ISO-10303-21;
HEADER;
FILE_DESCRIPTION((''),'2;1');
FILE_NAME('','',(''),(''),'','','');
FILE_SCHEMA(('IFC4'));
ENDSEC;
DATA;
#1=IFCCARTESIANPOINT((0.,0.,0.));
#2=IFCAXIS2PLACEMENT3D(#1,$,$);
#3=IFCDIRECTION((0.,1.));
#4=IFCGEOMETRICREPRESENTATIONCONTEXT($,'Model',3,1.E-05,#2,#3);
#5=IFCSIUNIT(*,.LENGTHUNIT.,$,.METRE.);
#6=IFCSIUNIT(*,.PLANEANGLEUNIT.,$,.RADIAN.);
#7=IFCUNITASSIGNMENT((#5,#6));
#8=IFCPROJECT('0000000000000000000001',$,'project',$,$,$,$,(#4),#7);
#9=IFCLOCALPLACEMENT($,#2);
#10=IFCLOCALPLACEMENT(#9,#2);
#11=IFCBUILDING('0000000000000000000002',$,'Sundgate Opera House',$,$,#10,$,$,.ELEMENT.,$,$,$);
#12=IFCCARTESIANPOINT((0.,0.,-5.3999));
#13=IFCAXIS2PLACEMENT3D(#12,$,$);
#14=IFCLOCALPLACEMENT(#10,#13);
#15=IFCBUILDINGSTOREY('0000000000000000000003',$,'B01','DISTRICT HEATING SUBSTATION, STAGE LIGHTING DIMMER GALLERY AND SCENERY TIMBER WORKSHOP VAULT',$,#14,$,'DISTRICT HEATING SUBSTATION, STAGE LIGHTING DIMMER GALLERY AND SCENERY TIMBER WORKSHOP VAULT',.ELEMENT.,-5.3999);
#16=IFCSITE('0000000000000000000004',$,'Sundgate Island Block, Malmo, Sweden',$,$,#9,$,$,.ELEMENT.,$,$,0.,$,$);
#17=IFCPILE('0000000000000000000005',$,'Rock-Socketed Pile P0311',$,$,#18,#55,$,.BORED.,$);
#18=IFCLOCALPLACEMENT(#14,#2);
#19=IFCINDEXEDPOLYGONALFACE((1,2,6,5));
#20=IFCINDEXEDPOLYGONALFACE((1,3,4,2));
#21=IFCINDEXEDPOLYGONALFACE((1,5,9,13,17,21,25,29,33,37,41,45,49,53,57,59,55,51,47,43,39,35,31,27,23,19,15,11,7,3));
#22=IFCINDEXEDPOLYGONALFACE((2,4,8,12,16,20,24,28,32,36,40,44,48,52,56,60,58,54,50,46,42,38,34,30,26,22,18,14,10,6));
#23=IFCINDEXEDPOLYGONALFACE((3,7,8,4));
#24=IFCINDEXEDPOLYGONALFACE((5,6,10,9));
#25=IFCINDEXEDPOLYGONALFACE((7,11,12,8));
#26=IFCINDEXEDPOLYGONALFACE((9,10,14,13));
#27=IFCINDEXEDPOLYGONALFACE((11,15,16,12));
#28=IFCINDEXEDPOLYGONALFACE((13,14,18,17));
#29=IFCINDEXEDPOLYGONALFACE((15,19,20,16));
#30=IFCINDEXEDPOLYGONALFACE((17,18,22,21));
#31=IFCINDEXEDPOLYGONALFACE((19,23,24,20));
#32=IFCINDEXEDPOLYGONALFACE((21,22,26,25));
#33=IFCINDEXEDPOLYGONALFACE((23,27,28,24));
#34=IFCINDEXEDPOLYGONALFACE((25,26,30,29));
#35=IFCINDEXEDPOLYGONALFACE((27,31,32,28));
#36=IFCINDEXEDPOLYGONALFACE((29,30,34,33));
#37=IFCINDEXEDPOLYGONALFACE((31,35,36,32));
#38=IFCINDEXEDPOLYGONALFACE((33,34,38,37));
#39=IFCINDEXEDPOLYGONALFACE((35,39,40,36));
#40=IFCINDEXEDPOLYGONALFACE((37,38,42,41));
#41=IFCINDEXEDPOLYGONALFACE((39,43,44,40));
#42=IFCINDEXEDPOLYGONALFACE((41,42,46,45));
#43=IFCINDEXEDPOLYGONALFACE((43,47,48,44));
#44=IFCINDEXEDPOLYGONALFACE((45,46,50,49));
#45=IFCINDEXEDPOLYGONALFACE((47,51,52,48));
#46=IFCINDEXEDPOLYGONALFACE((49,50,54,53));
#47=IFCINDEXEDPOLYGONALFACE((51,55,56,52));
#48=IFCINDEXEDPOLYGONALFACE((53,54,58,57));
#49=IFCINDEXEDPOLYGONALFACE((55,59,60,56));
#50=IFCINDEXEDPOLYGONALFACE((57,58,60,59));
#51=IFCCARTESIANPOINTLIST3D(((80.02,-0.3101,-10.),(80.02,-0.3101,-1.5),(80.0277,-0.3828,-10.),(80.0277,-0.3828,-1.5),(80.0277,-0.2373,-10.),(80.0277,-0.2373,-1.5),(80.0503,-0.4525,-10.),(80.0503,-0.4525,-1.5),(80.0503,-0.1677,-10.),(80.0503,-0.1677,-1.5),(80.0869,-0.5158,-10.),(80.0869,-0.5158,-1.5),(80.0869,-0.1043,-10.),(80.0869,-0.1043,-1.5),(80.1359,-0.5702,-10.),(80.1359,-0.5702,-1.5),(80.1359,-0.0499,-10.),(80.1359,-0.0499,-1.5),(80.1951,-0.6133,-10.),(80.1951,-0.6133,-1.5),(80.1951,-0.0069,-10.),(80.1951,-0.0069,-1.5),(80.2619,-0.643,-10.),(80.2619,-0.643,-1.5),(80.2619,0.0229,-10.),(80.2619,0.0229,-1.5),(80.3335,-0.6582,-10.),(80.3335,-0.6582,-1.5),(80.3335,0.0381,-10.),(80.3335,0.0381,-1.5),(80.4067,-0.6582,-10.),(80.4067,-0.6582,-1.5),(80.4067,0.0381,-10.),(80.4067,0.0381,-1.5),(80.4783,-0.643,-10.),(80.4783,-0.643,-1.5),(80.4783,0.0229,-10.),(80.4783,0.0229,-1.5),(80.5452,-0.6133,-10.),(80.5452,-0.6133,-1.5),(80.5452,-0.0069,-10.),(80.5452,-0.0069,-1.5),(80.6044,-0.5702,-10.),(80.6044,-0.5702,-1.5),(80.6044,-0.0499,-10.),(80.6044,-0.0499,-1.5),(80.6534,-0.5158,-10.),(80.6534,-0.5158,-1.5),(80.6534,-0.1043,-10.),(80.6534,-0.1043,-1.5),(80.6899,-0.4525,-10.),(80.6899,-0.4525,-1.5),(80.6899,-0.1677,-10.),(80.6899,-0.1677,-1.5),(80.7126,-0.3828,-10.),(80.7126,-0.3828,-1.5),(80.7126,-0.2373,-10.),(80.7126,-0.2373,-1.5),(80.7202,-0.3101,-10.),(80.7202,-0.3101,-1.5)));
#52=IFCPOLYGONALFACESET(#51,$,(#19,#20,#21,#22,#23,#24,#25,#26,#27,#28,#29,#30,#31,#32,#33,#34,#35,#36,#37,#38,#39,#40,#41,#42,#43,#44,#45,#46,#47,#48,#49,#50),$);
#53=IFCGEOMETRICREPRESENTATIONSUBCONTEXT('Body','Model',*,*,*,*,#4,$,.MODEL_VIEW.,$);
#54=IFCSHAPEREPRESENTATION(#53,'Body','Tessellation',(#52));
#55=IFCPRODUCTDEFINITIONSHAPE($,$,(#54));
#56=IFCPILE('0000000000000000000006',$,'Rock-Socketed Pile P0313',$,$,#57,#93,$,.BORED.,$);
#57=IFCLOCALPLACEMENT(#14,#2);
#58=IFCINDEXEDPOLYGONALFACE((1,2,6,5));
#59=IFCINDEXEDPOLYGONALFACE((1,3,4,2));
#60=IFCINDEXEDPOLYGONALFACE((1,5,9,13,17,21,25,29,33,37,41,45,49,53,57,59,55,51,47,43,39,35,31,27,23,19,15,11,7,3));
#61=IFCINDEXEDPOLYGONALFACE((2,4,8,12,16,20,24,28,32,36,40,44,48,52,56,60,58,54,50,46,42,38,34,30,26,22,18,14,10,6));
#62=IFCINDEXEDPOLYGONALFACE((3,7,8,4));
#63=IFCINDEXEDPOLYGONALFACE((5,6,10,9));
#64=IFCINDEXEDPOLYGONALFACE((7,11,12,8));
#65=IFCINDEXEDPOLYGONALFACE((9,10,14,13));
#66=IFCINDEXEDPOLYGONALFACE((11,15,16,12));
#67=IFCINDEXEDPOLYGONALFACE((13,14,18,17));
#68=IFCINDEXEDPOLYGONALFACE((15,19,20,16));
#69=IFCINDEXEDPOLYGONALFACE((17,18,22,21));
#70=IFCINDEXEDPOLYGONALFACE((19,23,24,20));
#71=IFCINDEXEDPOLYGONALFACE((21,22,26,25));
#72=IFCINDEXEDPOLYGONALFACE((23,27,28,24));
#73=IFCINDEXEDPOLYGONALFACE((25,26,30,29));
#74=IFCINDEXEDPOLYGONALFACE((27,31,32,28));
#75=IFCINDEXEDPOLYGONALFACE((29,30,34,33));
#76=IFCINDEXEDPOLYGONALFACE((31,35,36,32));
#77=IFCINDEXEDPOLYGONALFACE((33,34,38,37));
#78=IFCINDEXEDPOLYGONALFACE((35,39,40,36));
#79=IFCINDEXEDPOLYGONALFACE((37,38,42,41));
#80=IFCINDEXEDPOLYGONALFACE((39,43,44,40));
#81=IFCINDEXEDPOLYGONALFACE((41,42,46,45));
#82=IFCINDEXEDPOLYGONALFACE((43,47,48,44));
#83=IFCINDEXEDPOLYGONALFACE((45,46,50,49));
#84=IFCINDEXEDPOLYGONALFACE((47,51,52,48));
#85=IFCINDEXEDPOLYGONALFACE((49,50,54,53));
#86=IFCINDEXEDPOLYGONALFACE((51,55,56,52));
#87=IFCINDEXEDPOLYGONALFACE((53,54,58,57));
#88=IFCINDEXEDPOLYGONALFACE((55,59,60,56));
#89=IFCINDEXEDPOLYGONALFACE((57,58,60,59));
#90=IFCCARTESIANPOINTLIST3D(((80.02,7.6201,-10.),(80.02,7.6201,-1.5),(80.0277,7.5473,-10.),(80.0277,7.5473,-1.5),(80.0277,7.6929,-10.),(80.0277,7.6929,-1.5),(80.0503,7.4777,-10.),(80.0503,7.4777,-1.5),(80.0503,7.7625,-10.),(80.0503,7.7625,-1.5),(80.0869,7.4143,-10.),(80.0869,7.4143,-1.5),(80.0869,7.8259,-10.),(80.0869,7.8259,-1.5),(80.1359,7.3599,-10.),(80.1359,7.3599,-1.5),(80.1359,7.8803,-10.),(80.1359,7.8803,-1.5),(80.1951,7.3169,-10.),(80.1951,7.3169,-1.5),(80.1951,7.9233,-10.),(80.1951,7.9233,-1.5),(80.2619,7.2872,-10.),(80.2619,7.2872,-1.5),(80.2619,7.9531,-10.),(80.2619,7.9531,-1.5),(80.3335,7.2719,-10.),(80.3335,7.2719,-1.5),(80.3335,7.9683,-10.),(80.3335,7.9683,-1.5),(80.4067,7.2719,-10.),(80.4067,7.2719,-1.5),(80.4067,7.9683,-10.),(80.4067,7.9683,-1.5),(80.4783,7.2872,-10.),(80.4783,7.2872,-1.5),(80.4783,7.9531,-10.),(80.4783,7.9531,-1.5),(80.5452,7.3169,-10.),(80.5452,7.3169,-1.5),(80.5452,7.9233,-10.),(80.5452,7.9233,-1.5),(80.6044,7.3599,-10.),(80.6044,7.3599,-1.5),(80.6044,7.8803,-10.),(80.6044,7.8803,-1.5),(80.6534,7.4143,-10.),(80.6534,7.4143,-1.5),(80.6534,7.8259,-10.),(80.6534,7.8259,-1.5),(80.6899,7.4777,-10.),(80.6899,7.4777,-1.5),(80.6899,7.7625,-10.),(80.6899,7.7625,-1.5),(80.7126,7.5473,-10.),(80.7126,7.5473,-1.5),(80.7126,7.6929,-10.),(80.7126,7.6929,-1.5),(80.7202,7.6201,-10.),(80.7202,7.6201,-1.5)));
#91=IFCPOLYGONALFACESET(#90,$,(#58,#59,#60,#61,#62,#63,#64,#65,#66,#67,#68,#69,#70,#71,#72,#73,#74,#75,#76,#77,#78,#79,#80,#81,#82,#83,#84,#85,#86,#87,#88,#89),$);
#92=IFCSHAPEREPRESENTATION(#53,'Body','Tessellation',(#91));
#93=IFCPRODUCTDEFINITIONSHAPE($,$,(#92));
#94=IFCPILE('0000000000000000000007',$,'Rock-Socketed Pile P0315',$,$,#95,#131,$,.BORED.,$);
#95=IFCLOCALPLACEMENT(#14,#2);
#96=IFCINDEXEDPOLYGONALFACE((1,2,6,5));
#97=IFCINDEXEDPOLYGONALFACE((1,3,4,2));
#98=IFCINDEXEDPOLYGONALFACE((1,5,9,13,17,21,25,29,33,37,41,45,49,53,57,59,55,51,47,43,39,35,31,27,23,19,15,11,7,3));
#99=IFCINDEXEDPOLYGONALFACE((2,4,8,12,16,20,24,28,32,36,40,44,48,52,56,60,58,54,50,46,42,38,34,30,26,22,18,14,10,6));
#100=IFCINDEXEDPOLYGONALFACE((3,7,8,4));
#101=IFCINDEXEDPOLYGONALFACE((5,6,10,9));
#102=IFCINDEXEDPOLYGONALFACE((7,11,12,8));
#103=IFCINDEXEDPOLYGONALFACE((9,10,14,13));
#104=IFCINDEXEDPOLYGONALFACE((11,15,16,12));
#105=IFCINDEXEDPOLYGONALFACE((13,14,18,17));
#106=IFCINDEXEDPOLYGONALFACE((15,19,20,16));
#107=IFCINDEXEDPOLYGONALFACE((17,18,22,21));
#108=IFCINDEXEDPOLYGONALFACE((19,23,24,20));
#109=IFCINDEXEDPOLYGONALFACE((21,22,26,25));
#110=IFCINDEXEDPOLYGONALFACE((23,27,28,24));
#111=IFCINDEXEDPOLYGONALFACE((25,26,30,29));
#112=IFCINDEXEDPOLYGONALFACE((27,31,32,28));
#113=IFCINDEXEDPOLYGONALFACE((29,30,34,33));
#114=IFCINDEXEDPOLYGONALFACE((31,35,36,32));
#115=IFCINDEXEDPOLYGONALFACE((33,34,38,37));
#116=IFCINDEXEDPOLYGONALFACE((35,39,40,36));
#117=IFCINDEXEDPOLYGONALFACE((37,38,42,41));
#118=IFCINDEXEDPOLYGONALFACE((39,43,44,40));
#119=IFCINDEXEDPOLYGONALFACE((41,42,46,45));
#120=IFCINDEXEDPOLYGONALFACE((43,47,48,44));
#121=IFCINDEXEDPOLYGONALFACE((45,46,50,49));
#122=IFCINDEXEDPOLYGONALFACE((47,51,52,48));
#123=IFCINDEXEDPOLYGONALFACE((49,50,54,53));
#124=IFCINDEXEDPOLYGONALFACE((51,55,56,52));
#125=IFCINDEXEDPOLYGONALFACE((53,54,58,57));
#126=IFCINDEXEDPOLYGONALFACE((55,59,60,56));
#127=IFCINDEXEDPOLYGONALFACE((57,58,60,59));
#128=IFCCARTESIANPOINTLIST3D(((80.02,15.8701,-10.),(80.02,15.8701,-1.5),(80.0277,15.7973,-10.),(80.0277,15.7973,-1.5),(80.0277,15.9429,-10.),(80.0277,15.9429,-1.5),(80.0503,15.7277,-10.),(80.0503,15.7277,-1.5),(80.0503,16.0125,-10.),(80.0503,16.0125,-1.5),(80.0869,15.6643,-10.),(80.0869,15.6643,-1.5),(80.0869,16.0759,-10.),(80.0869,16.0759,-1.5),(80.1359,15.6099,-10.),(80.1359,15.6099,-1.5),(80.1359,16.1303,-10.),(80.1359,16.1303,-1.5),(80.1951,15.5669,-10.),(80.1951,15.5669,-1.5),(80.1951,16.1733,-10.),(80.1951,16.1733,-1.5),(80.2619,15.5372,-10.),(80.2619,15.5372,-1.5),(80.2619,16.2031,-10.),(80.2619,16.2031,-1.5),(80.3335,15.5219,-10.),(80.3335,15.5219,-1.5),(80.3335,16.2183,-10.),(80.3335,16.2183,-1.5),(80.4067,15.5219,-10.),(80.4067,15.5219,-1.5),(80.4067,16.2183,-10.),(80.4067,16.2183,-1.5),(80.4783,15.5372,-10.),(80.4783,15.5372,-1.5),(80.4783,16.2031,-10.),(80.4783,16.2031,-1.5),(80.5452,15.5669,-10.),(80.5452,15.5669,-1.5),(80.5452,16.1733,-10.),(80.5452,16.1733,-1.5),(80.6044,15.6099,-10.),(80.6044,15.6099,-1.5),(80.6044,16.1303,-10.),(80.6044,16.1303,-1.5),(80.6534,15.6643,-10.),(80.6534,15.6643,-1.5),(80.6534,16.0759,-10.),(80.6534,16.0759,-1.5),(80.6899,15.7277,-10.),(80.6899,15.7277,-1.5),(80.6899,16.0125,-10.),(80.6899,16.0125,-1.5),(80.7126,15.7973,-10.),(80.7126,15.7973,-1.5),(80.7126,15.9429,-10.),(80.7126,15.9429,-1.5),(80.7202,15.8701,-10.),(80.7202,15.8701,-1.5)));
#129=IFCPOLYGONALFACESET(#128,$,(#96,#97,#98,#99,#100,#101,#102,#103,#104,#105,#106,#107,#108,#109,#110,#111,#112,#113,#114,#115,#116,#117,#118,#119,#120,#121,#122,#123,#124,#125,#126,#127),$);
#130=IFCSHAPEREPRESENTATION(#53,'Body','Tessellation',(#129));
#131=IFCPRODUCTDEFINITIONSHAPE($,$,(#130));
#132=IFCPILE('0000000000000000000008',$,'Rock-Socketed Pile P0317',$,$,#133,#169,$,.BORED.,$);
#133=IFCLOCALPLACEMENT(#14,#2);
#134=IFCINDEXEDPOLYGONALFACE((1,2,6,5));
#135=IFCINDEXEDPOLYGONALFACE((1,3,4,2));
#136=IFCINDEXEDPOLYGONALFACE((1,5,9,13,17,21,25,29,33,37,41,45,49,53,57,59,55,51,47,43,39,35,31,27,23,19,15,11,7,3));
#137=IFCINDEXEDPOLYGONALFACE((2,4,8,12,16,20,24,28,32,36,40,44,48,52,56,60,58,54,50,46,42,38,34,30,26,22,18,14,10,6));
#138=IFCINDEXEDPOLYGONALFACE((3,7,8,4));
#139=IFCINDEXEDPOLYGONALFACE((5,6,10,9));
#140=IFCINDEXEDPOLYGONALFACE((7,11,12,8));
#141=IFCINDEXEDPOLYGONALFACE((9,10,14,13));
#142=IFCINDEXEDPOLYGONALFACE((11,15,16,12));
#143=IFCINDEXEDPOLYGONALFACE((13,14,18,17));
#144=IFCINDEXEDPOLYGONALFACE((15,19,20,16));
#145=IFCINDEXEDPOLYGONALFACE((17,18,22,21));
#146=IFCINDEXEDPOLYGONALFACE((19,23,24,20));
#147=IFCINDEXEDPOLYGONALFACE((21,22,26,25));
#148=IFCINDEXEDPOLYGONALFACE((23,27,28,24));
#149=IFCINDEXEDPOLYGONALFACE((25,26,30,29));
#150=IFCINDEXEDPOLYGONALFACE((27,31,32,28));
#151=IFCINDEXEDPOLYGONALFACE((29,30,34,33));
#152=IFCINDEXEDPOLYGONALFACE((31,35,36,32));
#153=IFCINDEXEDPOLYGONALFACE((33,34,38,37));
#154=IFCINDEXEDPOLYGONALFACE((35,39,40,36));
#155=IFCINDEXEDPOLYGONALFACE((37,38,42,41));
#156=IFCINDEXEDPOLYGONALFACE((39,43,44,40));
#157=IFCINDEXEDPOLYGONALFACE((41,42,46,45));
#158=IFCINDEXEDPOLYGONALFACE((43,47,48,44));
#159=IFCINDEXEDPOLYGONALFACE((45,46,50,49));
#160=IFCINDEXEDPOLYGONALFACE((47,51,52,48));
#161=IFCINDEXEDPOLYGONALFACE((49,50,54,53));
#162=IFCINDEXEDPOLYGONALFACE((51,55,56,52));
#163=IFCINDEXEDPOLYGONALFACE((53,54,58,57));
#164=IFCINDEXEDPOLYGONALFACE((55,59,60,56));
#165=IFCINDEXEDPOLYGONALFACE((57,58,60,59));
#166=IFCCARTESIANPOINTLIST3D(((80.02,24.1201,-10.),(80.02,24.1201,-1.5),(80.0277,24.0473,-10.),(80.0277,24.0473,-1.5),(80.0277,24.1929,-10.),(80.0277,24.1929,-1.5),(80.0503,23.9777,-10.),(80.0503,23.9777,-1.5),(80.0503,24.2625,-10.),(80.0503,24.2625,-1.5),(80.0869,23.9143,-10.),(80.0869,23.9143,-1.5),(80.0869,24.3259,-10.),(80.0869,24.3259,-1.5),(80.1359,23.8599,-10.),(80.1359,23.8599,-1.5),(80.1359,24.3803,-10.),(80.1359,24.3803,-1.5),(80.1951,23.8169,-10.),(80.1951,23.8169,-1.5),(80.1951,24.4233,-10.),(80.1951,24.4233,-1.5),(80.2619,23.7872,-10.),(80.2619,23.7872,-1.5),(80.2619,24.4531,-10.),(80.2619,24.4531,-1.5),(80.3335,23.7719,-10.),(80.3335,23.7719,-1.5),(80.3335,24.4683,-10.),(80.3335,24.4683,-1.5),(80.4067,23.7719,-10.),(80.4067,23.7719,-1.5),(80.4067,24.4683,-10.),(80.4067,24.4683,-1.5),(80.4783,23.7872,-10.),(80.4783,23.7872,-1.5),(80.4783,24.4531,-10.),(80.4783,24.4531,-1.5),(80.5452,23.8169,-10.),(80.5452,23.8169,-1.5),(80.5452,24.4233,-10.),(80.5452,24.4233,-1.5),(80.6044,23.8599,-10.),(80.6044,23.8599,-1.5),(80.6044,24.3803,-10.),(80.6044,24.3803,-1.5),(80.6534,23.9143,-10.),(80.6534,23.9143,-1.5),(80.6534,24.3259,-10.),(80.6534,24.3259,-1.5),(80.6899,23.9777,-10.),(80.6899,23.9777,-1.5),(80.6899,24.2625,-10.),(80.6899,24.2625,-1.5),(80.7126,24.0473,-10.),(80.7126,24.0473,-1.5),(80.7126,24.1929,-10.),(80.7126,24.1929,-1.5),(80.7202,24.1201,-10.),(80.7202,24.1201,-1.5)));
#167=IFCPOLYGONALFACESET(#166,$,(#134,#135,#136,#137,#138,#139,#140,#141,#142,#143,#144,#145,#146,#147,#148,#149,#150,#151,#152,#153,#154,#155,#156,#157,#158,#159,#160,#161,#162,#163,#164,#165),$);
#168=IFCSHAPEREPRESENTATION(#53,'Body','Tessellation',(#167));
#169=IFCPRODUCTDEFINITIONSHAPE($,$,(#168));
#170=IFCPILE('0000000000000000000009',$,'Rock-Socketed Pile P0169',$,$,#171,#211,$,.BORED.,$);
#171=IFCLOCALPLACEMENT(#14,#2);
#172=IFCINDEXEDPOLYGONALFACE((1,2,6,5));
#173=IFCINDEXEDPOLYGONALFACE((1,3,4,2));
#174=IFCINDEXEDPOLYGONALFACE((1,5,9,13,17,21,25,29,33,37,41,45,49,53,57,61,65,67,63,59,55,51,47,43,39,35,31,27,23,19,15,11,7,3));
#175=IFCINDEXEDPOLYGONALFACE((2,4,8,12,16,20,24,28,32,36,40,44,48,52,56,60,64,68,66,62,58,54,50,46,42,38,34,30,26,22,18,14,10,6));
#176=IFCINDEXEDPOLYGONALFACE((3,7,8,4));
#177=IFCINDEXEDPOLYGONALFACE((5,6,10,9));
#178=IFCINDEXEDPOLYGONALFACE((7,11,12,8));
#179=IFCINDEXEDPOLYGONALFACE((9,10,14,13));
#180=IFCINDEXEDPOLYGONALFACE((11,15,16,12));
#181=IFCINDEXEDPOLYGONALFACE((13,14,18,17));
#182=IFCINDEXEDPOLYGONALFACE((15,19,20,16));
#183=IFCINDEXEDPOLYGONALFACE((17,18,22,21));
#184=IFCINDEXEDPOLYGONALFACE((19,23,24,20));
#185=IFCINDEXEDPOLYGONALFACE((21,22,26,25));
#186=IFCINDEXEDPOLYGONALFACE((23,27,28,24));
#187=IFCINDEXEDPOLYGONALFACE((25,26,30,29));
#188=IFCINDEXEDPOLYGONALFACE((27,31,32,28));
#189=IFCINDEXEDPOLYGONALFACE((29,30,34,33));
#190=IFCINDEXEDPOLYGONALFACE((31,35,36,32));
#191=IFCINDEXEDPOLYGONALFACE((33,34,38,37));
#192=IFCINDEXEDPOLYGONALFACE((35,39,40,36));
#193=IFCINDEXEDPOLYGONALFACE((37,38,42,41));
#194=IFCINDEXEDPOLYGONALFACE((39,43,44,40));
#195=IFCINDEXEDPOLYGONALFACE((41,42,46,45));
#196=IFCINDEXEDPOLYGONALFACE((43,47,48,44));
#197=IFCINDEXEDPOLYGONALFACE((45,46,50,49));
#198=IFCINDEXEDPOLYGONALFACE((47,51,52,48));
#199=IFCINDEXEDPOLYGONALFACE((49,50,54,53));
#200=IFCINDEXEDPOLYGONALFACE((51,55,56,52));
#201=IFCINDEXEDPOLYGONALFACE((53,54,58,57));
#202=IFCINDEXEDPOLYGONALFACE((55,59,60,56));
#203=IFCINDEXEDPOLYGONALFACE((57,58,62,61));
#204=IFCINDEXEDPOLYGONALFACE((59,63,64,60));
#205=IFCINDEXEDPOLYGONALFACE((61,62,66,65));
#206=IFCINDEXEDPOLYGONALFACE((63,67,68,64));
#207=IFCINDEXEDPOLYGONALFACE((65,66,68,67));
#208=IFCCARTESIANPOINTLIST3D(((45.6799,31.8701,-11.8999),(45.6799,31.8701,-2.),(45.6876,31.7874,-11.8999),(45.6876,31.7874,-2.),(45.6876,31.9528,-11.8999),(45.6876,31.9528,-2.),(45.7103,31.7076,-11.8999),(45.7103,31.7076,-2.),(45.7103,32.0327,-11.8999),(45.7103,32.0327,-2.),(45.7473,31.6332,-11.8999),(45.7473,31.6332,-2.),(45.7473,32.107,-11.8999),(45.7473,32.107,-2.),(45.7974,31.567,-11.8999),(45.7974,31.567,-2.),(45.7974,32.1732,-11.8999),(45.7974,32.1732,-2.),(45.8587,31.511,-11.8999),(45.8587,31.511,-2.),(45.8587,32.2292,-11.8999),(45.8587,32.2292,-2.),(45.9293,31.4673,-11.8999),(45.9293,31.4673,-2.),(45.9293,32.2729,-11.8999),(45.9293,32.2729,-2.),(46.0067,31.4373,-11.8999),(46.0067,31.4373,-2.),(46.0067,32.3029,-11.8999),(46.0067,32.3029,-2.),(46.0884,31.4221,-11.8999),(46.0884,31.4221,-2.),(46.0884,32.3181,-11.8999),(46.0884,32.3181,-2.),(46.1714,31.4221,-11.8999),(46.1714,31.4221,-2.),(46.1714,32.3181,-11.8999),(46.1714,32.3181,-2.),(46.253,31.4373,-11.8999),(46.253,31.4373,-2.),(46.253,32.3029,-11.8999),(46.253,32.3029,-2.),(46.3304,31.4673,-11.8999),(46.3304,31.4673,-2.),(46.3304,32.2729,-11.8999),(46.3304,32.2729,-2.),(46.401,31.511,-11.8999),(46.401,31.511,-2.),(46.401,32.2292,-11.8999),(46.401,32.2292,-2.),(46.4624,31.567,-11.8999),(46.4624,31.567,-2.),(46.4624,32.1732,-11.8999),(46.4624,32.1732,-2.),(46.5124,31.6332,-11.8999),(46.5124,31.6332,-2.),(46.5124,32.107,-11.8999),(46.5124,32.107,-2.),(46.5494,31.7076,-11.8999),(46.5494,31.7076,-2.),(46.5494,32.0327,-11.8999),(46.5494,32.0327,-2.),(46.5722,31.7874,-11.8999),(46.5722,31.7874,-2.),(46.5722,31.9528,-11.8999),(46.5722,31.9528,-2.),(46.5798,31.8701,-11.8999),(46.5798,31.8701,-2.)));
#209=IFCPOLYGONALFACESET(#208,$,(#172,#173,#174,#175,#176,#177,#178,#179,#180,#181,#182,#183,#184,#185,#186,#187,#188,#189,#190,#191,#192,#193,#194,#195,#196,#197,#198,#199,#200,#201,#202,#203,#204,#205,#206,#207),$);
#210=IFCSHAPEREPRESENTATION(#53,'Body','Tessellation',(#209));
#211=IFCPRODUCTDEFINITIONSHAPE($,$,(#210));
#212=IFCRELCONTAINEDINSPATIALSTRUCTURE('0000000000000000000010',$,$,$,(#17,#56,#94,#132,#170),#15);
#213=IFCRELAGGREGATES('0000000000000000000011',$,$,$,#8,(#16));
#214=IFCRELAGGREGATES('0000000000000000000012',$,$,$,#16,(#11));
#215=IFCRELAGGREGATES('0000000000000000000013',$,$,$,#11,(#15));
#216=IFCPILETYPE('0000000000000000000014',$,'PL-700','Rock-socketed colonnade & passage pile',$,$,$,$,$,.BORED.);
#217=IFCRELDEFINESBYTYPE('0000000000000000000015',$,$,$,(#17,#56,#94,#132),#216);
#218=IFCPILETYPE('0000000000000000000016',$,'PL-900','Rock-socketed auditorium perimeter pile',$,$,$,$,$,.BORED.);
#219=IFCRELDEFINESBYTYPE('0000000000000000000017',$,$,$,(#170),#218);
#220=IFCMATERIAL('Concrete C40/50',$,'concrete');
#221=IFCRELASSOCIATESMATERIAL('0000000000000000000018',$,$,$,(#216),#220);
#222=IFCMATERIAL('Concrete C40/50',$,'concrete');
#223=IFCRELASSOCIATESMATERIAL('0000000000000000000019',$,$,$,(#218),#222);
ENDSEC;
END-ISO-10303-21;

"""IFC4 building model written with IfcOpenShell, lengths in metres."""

from ifc_helpers import new_model, si_unit, direction, frame, origin, origin_2d, place, context, subcontext, project, spatial, circle, extrude, material, material_profile, profile_set, type_object, element, save


model = new_model("IFC4")

# Units and contexts
model_context = context("Model", 3, precision=1e-05, world=origin(), true_north=direction((0.0, 1.0)))
body_context = subcontext(model_context, "Body", "Model", "MODEL_VIEW")
ifc_project = project(units=[si_unit("LENGTHUNIT", "METRE"), si_unit("PLANEANGLEUNIT", "RADIAN")], contexts=[model_context])

# Site, building, storey
site_placement = place(None, origin())
site = spatial("IfcSite", under=ifc_project, at=site_placement, Name="Sundgate Island Block, Malmo, Sweden", CompositionType="ELEMENT", RefElevation=0.0)
building_placement = place(site_placement, origin())
building = spatial("IfcBuilding", under=site, at=building_placement, Name="Sundgate Opera House", CompositionType="ELEMENT")
storey_placement = place(building_placement, frame((0.0, 0.0, -5.3999)))
storey = spatial("IfcBuildingStorey", under=building, at=storey_placement, Name="B01", Description="DISTRICT HEATING SUBSTATION, STAGE LIGHTING DIMMER GALLERY AND SCENERY TIMBER WORKSHOP VAULT", LongName="DISTRICT HEATING SUBSTATION, STAGE LIGHTING DIMMER GALLERY AND SCENERY TIMBER WORKSHOP VAULT", CompositionType="ELEMENT", Elevation=-5.3999)

# Piles
ifc_material_1 = material(Name="Concrete C40/50", Category="concrete")
ifc_material_profile_1 = material_profile(ifc_material_1, circle(Radius=0.3501, at=origin_2d()), Name="PILE D700")
ifc_profile_set_1 = profile_set([ifc_material_profile_1], Name="Concrete C40/50")
pile_type_1 = type_object("IfcPileType", Name="PL-700", Description="Rock-socketed colonnade & passage pile", PredefinedType="BORED", material=ifc_profile_set_1)
for number, where, z_axis, x_axis, name in (
    (1, (80.3701, -0.3101, -1.5), (0.0, 0.0, -1.0), (1.0, 0.0, 0.0), "Rock-Socketed Pile P0311"),
    (2, (80.3701, 7.6201, -1.5), (0.0, 0.0, -1.0), (1.0, 0.0, 0.0), "Rock-Socketed Pile P0313"),
    (3, (80.3701, 15.8701, -1.5), (0.0, 0.0, -1.0), (1.0, 0.0, 0.0), "Rock-Socketed Pile P0315"),
    (4, (80.3701, 24.1201, -1.5), (0.0, 0.0, -1.0), (1.0, 0.0, 0.0), "Rock-Socketed Pile P0317"),
):
    element("IfcPile", number, at=place(storey_placement, frame(where, z_axis=z_axis, x_axis=x_axis)), inside=storey, type_object=pile_type_1, Name=name, PredefinedType="BORED", context=body_context, shape_type="SweptSolid", body=[
        extrude(circle(Radius=0.3501, at=origin_2d()), origin(), (0.0, 0.0, 1.0), 8.5),
    ])
ifc_material_2 = material(Name="Concrete C40/50", Category="concrete")
ifc_material_profile_2 = material_profile(ifc_material_2, circle(Radius=0.45, at=origin_2d()), Name="PILE D900")
ifc_profile_set_2 = profile_set([ifc_material_profile_2], Name="Concrete C40/50")
pile_type_2 = type_object("IfcPileType", Name="PL-900", Description="Rock-socketed auditorium perimeter pile", PredefinedType="BORED", material=ifc_profile_set_2)
for number, where, z_axis, x_axis, name in (
    (5, (46.1299, 31.8701, -2.0), (0.0, 0.0, -1.0), (1.0, 0.0, 0.0), "Rock-Socketed Pile P0169"),
):
    element("IfcPile", number, at=place(storey_placement, frame(where, z_axis=z_axis, x_axis=x_axis)), inside=storey, type_object=pile_type_2, Name=name, PredefinedType="BORED", context=body_context, shape_type="SweptSolid", body=[
        extrude(circle(Radius=0.45, at=origin_2d()), origin(), (0.0, 0.0, 1.0), 9.8999),
    ])

save(model, "model.ifc")
